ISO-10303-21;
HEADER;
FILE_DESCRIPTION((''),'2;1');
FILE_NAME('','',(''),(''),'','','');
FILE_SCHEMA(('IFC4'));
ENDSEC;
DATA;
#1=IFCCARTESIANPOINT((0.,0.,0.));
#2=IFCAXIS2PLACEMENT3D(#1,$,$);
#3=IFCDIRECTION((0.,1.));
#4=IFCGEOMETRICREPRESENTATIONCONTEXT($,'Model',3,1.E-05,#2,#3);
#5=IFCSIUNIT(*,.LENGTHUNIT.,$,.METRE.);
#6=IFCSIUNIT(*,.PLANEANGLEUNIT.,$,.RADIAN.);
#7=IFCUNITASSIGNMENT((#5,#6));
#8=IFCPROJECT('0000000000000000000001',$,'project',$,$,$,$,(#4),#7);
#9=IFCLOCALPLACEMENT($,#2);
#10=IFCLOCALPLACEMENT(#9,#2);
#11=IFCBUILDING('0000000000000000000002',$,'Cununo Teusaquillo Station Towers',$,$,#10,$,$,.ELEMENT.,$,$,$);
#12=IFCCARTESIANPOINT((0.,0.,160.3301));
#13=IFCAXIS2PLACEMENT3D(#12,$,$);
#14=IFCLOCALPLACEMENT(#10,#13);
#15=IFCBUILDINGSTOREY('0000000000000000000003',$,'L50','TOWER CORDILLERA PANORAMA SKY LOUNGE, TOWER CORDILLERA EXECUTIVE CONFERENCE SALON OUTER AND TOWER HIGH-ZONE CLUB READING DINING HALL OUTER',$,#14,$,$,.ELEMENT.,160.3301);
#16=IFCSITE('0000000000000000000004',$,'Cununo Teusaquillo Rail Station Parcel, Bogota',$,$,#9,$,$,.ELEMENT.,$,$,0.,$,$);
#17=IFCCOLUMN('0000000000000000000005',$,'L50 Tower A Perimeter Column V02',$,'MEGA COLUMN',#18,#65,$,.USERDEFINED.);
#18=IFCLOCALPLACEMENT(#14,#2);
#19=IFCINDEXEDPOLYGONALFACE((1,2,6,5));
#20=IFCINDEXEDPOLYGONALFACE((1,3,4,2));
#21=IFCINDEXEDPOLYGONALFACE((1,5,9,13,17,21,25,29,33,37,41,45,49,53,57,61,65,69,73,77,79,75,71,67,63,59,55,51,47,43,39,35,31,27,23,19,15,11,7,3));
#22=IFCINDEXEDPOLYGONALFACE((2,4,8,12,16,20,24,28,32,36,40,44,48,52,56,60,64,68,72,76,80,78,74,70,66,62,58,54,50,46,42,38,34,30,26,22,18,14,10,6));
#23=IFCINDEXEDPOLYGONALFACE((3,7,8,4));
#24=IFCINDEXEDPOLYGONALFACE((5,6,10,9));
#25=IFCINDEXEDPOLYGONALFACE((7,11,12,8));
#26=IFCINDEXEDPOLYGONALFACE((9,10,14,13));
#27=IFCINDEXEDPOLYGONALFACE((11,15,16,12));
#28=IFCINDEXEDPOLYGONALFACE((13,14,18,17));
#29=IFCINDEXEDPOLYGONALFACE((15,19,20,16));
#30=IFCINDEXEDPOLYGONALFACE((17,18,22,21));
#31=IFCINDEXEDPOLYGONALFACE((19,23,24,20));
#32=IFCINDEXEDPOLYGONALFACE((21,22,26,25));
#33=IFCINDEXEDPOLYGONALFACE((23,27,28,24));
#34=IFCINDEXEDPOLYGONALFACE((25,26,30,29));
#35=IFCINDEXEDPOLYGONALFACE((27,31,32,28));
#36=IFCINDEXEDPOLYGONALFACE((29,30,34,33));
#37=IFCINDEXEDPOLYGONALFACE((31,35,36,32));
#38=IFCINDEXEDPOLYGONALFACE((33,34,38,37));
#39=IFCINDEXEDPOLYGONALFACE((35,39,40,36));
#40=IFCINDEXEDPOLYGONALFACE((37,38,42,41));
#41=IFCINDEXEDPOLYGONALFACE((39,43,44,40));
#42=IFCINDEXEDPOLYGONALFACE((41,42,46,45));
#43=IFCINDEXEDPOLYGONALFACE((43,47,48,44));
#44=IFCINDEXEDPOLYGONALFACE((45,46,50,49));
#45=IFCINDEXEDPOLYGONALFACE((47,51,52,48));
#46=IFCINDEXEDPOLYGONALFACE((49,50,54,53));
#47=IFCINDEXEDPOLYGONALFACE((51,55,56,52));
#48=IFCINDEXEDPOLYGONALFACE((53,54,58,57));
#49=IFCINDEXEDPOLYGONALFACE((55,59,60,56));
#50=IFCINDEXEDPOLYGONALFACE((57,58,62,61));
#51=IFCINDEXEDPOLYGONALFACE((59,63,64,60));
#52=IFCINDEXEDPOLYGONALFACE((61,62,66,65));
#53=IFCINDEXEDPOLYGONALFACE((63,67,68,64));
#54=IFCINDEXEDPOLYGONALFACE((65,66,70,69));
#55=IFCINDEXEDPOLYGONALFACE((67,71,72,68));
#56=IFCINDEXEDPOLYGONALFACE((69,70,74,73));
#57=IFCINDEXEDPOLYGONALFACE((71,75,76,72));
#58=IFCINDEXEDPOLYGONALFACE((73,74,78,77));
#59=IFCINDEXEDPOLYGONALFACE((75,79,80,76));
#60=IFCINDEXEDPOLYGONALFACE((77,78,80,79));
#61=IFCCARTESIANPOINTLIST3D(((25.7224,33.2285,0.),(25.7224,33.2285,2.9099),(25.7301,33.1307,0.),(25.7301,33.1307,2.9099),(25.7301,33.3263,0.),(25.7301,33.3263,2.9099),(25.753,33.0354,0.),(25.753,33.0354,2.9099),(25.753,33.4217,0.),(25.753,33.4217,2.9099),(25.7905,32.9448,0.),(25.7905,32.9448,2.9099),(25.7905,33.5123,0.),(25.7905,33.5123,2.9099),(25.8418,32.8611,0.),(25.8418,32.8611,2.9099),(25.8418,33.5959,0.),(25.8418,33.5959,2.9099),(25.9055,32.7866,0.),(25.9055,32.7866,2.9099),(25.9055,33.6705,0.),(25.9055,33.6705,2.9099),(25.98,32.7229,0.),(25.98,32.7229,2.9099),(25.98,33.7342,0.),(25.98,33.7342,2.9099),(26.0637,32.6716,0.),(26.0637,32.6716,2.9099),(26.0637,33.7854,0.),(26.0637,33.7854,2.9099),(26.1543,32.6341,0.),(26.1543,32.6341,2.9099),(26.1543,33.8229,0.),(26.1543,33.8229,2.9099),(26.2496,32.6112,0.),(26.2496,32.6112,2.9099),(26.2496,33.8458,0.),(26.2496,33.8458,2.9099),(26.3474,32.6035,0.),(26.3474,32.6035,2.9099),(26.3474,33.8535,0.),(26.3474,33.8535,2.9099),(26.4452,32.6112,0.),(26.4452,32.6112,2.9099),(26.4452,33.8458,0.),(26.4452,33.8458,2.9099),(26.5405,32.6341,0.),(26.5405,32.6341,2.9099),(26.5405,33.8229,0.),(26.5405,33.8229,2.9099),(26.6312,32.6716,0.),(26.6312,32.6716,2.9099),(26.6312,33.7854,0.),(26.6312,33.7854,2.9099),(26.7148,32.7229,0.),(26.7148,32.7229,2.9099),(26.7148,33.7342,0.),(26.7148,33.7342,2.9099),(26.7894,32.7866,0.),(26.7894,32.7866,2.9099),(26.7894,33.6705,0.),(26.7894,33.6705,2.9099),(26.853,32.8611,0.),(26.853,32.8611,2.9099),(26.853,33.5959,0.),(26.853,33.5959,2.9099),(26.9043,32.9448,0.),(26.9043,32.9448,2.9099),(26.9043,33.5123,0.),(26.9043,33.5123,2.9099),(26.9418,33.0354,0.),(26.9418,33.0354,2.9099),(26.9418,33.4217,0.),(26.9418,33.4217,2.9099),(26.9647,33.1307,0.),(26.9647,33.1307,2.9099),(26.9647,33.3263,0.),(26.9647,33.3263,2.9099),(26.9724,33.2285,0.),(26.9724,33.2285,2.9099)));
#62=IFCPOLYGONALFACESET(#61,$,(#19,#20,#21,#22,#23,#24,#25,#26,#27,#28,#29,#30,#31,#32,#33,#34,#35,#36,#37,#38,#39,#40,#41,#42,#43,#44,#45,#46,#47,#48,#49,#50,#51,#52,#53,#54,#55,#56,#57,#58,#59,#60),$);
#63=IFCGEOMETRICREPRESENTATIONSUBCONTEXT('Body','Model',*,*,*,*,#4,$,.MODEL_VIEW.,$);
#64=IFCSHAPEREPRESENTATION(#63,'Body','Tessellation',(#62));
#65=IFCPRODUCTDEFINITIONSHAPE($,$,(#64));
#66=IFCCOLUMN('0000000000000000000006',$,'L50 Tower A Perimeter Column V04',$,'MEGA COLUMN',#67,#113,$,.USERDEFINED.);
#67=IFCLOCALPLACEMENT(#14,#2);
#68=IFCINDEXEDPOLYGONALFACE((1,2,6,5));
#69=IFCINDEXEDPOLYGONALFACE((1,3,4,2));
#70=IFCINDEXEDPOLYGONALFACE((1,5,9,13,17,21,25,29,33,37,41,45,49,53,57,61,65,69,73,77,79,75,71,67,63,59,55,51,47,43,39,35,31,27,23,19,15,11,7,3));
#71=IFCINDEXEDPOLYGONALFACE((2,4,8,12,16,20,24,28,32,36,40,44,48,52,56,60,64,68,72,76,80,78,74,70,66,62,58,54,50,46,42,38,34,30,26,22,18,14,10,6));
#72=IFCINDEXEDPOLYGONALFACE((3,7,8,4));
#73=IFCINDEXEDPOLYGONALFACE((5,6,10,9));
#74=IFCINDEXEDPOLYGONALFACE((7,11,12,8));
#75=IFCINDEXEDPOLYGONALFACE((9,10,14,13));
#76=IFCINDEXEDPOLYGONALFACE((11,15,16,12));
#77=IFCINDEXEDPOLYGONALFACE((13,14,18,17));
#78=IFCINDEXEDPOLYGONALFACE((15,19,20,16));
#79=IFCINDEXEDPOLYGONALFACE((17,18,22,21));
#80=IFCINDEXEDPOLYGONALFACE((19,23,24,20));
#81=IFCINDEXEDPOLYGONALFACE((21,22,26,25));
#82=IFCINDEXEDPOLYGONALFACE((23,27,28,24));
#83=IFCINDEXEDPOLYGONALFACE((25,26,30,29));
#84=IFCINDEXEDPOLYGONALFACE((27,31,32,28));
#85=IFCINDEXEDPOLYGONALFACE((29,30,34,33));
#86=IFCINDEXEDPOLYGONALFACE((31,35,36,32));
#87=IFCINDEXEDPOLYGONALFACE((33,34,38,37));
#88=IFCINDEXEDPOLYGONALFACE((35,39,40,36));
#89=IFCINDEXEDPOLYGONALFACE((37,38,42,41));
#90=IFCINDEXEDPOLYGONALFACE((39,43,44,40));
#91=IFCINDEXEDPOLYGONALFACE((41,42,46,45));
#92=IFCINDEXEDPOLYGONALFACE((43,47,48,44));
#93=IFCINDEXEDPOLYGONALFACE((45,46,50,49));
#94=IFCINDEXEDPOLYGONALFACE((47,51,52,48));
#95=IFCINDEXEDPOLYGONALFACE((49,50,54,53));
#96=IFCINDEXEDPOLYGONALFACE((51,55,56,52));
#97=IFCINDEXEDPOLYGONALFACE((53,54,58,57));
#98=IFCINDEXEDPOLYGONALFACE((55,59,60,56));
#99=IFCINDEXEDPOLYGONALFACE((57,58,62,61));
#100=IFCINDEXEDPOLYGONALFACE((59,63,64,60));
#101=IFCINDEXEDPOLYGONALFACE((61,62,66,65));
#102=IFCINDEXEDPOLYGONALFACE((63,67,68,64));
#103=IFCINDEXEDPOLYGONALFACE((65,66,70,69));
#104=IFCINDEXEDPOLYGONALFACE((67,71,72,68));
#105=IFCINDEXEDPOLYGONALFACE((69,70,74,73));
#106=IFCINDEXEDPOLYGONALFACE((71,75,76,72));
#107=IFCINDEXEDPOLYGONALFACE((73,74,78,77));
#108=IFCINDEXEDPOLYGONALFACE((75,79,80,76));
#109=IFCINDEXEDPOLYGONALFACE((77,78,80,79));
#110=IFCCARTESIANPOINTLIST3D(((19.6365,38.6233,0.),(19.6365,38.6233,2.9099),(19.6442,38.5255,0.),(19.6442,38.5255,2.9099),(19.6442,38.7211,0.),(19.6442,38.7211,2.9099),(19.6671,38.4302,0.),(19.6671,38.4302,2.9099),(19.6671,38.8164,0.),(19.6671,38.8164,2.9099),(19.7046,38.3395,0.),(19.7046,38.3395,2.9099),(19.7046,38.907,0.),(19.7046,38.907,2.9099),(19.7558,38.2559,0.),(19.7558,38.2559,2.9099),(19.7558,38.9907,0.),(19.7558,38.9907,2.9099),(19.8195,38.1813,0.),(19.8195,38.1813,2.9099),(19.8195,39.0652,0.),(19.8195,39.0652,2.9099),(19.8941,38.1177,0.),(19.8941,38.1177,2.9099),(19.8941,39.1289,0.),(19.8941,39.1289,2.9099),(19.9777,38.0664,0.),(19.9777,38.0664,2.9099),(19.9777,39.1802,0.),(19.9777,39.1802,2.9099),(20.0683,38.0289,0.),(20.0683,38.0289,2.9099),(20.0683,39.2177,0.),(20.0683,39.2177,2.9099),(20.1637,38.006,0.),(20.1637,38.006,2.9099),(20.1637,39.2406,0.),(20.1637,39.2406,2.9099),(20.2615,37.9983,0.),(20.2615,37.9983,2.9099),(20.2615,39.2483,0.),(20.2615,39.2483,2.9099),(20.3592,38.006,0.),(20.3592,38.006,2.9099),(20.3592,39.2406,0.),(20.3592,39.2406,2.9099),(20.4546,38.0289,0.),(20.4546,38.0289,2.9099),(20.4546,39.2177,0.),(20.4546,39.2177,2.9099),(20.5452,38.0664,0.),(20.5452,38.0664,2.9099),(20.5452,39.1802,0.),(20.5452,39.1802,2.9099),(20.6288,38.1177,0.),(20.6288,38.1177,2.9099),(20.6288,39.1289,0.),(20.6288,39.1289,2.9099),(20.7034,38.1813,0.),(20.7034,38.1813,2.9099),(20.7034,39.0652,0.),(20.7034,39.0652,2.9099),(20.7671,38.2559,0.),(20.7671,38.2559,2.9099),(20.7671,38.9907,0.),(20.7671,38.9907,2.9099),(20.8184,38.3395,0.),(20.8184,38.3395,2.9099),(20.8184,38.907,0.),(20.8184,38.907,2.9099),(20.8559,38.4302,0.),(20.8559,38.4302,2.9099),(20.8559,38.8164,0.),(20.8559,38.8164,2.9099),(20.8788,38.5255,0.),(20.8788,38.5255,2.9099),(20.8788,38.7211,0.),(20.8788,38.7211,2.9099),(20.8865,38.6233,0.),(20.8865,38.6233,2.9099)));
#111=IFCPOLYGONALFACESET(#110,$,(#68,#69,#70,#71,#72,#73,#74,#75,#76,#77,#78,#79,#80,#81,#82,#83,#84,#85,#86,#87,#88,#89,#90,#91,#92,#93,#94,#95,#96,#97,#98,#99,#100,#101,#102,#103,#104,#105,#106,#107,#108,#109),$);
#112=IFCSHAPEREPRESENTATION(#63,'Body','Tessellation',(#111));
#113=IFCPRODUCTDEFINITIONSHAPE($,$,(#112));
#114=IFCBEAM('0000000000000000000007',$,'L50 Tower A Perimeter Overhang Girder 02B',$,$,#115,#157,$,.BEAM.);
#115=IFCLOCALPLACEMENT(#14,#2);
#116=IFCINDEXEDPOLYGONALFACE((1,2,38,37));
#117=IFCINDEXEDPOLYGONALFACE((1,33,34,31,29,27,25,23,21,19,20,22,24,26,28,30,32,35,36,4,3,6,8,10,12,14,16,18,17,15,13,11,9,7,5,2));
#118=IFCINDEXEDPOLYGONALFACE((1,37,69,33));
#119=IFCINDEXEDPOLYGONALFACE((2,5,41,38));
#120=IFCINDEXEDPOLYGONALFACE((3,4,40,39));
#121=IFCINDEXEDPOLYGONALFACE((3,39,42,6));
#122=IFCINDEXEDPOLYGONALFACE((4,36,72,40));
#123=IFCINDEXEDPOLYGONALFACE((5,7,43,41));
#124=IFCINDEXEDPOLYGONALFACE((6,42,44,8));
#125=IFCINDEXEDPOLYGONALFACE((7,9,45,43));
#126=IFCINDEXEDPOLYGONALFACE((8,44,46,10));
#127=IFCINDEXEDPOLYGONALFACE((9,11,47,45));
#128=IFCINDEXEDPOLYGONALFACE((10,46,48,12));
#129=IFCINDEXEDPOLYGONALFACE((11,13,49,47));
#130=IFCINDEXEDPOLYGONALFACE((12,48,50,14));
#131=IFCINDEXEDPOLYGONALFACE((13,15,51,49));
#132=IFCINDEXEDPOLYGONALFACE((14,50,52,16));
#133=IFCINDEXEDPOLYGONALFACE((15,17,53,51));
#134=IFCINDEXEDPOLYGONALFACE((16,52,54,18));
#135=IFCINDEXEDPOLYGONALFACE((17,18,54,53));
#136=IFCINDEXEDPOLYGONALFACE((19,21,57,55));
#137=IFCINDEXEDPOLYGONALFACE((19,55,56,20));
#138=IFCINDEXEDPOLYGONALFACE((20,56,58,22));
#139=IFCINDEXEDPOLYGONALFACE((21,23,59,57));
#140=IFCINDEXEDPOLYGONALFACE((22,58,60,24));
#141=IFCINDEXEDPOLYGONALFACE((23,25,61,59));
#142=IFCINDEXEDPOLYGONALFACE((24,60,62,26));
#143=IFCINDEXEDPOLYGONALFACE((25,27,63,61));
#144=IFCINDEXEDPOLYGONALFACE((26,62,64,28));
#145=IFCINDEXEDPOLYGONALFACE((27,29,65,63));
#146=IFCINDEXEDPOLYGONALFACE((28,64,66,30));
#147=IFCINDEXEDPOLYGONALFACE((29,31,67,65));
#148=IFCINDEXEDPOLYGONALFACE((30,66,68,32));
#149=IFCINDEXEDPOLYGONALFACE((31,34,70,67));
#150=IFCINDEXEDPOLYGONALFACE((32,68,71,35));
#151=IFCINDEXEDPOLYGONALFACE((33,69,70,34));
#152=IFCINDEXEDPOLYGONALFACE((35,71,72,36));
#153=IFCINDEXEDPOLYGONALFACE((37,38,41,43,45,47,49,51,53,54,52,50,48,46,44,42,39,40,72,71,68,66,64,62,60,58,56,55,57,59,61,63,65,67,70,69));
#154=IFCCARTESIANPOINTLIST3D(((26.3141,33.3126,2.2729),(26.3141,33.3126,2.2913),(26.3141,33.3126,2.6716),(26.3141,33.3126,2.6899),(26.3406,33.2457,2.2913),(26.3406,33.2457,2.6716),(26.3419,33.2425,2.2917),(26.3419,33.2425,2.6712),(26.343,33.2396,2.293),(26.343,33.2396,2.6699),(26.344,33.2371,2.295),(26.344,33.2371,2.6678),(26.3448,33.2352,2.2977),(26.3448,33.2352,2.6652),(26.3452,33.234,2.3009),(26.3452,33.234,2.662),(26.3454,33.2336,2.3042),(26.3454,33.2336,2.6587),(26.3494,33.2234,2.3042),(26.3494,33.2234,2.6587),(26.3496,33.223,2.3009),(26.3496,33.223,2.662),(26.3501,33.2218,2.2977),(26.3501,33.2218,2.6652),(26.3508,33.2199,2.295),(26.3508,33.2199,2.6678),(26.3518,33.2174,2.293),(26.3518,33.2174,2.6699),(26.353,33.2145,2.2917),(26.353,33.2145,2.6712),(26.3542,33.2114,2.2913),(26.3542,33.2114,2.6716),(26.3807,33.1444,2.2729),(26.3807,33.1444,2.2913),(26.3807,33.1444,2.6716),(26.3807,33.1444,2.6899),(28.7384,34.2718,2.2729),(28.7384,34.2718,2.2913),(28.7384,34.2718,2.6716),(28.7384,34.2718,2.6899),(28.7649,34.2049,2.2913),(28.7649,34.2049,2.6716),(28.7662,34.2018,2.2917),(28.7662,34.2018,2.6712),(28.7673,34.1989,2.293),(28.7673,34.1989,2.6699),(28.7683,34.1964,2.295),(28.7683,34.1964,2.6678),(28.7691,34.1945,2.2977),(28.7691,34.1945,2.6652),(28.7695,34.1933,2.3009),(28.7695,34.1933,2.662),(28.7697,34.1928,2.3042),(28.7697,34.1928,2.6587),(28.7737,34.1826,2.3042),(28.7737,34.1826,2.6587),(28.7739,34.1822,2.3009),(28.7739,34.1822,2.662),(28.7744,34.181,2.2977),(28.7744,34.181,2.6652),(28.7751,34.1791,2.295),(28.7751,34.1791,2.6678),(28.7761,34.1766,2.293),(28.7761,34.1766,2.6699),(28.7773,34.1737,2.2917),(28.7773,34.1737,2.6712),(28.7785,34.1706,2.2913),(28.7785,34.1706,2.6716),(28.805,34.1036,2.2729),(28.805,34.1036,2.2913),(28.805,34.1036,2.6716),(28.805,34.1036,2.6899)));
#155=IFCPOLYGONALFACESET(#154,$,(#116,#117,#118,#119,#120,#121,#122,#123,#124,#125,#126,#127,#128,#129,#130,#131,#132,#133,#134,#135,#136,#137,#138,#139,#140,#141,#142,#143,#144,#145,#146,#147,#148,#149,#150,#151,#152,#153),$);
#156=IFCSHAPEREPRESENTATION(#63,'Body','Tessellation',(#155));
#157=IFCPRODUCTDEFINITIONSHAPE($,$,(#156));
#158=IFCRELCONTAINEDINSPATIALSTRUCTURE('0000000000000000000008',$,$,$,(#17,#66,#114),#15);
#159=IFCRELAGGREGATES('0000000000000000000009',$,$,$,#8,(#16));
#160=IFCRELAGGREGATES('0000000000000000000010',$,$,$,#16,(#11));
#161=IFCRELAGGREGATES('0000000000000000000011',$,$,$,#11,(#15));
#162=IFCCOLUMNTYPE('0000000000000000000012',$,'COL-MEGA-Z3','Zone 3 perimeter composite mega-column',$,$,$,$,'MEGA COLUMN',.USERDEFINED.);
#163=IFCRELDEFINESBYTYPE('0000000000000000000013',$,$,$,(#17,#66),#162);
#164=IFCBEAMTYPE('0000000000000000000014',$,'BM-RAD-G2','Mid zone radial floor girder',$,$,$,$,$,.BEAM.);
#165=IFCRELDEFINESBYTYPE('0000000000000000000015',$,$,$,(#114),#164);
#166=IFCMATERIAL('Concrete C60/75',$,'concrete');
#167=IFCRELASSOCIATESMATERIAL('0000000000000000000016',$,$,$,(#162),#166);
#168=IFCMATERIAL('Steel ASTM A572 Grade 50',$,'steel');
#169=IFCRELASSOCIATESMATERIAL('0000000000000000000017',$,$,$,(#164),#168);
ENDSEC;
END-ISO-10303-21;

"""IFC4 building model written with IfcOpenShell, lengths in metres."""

from ifc_helpers import new_model, si_unit, direction, frame, origin, origin_2d, place, context, subcontext, project, spatial, circle, i_section, extrude, material, material_profile, profile_set, type_object, element, save


model = new_model("IFC4")

# Units and contexts
model_context = context("Model", 3, precision=1e-05, world=origin(), true_north=direction((0.0, 1.0)))
body_context = subcontext(model_context, "Body", "Model", "MODEL_VIEW")
ifc_project = project(units=[si_unit("LENGTHUNIT", "METRE"), si_unit("PLANEANGLEUNIT", "RADIAN")], contexts=[model_context])

# Site, building, storey
site_placement = place(None, origin())
site = spatial("IfcSite", under=ifc_project, at=site_placement, Name="Cununo Teusaquillo Rail Station Parcel, Bogota", CompositionType="ELEMENT", RefElevation=0.0)
building_placement = place(site_placement, origin())
building = spatial("IfcBuilding", under=site, at=building_placement, Name="Cununo Teusaquillo Station Towers", CompositionType="ELEMENT")
storey_placement = place(building_placement, frame((0.0, 0.0, 160.3301)))
storey = spatial("IfcBuildingStorey", under=building, at=storey_placement, Name="L50", Description="TOWER CORDILLERA PANORAMA SKY LOUNGE, TOWER CORDILLERA EXECUTIVE CONFERENCE SALON OUTER AND TOWER HIGH-ZONE CLUB READING DINING HALL OUTER", CompositionType="ELEMENT", Elevation=160.3301)

# Columns
ifc_material_1 = material(Name="Concrete C60/75", Category="concrete")
ifc_material_profile_1 = material_profile(ifc_material_1, circle(Radius=0.625, at=origin_2d()), Name="RC-CIRC-1250")
ifc_profile_set_1 = profile_set([ifc_material_profile_1], Name="Concrete C60/75")
column_type = type_object("IfcColumnType", Name="COL-MEGA-Z3", Description="Zone 3 perimeter composite mega-column", ElementType="MEGA COLUMN", PredefinedType="USERDEFINED", material=ifc_profile_set_1)
for number, where, z_axis, x_axis, name in (
    (1, (26.3474, 33.2285, 0.0), (0.0, 0.0, 1.0), (1.0, 0.0, 0.0), "L50 Tower A Perimeter Column V02"),
    (2, (20.2615, 38.6233, 0.0), (0.0, 0.0, 1.0), (1.0, 0.0, 0.0), "L50 Tower A Perimeter Column V04"),
):
    element("IfcColumn", number, at=place(storey_placement, frame(where, z_axis=z_axis, x_axis=x_axis)), inside=storey, type_object=column_type, Name=name, ObjectType="MEGA COLUMN", PredefinedType="USERDEFINED", context=body_context, shape_type="SweptSolid", body=[
        extrude(circle(Radius=0.625, at=origin_2d()), origin(), (0.0, 0.0, 1.0), 2.9099),
    ])

# Beam
ifc_material_2 = material(Name="Steel ASTM A572 Grade 50", Category="steel")
ifc_material_profile_2 = material_profile(ifc_material_2, i_section(OverallWidth=0.1809, OverallDepth=0.417, WebThickness=0.011, FlangeThickness=0.0183, FilletRadius=0.0129, at=origin_2d()), Name="W16X57")
ifc_profile_set_2 = profile_set([ifc_material_profile_2], Name="Steel ASTM A572 Grade 50")
beam_type_1 = type_object("IfcBeamType", Name="BM-RAD-G2", Description="Mid zone radial floor girder", PredefinedType="BEAM", material=ifc_profile_set_2)
beam_1_placement = place(storey_placement, frame((26.3474, 33.2285, 2.4814), z_axis=(0.929859, 0.367917, 0.0), x_axis=(-0.367917, 0.929859, 0.0)))
element("IfcBeam", 3, at=beam_1_placement, inside=storey, type_object=beam_type_1, Name="L50 Tower A Perimeter Overhang Girder 02B", PredefinedType="BEAM", context=body_context, shape_type="SweptSolid", body=[
    extrude(i_section(OverallWidth=0.1809, OverallDepth=0.417, WebThickness=0.011, FlangeThickness=0.0183, FilletRadius=0.0129, at=origin_2d()), origin(), (0.0, 0.0, 1.0), 2.6072),
])

save(model, "model.ifc")
